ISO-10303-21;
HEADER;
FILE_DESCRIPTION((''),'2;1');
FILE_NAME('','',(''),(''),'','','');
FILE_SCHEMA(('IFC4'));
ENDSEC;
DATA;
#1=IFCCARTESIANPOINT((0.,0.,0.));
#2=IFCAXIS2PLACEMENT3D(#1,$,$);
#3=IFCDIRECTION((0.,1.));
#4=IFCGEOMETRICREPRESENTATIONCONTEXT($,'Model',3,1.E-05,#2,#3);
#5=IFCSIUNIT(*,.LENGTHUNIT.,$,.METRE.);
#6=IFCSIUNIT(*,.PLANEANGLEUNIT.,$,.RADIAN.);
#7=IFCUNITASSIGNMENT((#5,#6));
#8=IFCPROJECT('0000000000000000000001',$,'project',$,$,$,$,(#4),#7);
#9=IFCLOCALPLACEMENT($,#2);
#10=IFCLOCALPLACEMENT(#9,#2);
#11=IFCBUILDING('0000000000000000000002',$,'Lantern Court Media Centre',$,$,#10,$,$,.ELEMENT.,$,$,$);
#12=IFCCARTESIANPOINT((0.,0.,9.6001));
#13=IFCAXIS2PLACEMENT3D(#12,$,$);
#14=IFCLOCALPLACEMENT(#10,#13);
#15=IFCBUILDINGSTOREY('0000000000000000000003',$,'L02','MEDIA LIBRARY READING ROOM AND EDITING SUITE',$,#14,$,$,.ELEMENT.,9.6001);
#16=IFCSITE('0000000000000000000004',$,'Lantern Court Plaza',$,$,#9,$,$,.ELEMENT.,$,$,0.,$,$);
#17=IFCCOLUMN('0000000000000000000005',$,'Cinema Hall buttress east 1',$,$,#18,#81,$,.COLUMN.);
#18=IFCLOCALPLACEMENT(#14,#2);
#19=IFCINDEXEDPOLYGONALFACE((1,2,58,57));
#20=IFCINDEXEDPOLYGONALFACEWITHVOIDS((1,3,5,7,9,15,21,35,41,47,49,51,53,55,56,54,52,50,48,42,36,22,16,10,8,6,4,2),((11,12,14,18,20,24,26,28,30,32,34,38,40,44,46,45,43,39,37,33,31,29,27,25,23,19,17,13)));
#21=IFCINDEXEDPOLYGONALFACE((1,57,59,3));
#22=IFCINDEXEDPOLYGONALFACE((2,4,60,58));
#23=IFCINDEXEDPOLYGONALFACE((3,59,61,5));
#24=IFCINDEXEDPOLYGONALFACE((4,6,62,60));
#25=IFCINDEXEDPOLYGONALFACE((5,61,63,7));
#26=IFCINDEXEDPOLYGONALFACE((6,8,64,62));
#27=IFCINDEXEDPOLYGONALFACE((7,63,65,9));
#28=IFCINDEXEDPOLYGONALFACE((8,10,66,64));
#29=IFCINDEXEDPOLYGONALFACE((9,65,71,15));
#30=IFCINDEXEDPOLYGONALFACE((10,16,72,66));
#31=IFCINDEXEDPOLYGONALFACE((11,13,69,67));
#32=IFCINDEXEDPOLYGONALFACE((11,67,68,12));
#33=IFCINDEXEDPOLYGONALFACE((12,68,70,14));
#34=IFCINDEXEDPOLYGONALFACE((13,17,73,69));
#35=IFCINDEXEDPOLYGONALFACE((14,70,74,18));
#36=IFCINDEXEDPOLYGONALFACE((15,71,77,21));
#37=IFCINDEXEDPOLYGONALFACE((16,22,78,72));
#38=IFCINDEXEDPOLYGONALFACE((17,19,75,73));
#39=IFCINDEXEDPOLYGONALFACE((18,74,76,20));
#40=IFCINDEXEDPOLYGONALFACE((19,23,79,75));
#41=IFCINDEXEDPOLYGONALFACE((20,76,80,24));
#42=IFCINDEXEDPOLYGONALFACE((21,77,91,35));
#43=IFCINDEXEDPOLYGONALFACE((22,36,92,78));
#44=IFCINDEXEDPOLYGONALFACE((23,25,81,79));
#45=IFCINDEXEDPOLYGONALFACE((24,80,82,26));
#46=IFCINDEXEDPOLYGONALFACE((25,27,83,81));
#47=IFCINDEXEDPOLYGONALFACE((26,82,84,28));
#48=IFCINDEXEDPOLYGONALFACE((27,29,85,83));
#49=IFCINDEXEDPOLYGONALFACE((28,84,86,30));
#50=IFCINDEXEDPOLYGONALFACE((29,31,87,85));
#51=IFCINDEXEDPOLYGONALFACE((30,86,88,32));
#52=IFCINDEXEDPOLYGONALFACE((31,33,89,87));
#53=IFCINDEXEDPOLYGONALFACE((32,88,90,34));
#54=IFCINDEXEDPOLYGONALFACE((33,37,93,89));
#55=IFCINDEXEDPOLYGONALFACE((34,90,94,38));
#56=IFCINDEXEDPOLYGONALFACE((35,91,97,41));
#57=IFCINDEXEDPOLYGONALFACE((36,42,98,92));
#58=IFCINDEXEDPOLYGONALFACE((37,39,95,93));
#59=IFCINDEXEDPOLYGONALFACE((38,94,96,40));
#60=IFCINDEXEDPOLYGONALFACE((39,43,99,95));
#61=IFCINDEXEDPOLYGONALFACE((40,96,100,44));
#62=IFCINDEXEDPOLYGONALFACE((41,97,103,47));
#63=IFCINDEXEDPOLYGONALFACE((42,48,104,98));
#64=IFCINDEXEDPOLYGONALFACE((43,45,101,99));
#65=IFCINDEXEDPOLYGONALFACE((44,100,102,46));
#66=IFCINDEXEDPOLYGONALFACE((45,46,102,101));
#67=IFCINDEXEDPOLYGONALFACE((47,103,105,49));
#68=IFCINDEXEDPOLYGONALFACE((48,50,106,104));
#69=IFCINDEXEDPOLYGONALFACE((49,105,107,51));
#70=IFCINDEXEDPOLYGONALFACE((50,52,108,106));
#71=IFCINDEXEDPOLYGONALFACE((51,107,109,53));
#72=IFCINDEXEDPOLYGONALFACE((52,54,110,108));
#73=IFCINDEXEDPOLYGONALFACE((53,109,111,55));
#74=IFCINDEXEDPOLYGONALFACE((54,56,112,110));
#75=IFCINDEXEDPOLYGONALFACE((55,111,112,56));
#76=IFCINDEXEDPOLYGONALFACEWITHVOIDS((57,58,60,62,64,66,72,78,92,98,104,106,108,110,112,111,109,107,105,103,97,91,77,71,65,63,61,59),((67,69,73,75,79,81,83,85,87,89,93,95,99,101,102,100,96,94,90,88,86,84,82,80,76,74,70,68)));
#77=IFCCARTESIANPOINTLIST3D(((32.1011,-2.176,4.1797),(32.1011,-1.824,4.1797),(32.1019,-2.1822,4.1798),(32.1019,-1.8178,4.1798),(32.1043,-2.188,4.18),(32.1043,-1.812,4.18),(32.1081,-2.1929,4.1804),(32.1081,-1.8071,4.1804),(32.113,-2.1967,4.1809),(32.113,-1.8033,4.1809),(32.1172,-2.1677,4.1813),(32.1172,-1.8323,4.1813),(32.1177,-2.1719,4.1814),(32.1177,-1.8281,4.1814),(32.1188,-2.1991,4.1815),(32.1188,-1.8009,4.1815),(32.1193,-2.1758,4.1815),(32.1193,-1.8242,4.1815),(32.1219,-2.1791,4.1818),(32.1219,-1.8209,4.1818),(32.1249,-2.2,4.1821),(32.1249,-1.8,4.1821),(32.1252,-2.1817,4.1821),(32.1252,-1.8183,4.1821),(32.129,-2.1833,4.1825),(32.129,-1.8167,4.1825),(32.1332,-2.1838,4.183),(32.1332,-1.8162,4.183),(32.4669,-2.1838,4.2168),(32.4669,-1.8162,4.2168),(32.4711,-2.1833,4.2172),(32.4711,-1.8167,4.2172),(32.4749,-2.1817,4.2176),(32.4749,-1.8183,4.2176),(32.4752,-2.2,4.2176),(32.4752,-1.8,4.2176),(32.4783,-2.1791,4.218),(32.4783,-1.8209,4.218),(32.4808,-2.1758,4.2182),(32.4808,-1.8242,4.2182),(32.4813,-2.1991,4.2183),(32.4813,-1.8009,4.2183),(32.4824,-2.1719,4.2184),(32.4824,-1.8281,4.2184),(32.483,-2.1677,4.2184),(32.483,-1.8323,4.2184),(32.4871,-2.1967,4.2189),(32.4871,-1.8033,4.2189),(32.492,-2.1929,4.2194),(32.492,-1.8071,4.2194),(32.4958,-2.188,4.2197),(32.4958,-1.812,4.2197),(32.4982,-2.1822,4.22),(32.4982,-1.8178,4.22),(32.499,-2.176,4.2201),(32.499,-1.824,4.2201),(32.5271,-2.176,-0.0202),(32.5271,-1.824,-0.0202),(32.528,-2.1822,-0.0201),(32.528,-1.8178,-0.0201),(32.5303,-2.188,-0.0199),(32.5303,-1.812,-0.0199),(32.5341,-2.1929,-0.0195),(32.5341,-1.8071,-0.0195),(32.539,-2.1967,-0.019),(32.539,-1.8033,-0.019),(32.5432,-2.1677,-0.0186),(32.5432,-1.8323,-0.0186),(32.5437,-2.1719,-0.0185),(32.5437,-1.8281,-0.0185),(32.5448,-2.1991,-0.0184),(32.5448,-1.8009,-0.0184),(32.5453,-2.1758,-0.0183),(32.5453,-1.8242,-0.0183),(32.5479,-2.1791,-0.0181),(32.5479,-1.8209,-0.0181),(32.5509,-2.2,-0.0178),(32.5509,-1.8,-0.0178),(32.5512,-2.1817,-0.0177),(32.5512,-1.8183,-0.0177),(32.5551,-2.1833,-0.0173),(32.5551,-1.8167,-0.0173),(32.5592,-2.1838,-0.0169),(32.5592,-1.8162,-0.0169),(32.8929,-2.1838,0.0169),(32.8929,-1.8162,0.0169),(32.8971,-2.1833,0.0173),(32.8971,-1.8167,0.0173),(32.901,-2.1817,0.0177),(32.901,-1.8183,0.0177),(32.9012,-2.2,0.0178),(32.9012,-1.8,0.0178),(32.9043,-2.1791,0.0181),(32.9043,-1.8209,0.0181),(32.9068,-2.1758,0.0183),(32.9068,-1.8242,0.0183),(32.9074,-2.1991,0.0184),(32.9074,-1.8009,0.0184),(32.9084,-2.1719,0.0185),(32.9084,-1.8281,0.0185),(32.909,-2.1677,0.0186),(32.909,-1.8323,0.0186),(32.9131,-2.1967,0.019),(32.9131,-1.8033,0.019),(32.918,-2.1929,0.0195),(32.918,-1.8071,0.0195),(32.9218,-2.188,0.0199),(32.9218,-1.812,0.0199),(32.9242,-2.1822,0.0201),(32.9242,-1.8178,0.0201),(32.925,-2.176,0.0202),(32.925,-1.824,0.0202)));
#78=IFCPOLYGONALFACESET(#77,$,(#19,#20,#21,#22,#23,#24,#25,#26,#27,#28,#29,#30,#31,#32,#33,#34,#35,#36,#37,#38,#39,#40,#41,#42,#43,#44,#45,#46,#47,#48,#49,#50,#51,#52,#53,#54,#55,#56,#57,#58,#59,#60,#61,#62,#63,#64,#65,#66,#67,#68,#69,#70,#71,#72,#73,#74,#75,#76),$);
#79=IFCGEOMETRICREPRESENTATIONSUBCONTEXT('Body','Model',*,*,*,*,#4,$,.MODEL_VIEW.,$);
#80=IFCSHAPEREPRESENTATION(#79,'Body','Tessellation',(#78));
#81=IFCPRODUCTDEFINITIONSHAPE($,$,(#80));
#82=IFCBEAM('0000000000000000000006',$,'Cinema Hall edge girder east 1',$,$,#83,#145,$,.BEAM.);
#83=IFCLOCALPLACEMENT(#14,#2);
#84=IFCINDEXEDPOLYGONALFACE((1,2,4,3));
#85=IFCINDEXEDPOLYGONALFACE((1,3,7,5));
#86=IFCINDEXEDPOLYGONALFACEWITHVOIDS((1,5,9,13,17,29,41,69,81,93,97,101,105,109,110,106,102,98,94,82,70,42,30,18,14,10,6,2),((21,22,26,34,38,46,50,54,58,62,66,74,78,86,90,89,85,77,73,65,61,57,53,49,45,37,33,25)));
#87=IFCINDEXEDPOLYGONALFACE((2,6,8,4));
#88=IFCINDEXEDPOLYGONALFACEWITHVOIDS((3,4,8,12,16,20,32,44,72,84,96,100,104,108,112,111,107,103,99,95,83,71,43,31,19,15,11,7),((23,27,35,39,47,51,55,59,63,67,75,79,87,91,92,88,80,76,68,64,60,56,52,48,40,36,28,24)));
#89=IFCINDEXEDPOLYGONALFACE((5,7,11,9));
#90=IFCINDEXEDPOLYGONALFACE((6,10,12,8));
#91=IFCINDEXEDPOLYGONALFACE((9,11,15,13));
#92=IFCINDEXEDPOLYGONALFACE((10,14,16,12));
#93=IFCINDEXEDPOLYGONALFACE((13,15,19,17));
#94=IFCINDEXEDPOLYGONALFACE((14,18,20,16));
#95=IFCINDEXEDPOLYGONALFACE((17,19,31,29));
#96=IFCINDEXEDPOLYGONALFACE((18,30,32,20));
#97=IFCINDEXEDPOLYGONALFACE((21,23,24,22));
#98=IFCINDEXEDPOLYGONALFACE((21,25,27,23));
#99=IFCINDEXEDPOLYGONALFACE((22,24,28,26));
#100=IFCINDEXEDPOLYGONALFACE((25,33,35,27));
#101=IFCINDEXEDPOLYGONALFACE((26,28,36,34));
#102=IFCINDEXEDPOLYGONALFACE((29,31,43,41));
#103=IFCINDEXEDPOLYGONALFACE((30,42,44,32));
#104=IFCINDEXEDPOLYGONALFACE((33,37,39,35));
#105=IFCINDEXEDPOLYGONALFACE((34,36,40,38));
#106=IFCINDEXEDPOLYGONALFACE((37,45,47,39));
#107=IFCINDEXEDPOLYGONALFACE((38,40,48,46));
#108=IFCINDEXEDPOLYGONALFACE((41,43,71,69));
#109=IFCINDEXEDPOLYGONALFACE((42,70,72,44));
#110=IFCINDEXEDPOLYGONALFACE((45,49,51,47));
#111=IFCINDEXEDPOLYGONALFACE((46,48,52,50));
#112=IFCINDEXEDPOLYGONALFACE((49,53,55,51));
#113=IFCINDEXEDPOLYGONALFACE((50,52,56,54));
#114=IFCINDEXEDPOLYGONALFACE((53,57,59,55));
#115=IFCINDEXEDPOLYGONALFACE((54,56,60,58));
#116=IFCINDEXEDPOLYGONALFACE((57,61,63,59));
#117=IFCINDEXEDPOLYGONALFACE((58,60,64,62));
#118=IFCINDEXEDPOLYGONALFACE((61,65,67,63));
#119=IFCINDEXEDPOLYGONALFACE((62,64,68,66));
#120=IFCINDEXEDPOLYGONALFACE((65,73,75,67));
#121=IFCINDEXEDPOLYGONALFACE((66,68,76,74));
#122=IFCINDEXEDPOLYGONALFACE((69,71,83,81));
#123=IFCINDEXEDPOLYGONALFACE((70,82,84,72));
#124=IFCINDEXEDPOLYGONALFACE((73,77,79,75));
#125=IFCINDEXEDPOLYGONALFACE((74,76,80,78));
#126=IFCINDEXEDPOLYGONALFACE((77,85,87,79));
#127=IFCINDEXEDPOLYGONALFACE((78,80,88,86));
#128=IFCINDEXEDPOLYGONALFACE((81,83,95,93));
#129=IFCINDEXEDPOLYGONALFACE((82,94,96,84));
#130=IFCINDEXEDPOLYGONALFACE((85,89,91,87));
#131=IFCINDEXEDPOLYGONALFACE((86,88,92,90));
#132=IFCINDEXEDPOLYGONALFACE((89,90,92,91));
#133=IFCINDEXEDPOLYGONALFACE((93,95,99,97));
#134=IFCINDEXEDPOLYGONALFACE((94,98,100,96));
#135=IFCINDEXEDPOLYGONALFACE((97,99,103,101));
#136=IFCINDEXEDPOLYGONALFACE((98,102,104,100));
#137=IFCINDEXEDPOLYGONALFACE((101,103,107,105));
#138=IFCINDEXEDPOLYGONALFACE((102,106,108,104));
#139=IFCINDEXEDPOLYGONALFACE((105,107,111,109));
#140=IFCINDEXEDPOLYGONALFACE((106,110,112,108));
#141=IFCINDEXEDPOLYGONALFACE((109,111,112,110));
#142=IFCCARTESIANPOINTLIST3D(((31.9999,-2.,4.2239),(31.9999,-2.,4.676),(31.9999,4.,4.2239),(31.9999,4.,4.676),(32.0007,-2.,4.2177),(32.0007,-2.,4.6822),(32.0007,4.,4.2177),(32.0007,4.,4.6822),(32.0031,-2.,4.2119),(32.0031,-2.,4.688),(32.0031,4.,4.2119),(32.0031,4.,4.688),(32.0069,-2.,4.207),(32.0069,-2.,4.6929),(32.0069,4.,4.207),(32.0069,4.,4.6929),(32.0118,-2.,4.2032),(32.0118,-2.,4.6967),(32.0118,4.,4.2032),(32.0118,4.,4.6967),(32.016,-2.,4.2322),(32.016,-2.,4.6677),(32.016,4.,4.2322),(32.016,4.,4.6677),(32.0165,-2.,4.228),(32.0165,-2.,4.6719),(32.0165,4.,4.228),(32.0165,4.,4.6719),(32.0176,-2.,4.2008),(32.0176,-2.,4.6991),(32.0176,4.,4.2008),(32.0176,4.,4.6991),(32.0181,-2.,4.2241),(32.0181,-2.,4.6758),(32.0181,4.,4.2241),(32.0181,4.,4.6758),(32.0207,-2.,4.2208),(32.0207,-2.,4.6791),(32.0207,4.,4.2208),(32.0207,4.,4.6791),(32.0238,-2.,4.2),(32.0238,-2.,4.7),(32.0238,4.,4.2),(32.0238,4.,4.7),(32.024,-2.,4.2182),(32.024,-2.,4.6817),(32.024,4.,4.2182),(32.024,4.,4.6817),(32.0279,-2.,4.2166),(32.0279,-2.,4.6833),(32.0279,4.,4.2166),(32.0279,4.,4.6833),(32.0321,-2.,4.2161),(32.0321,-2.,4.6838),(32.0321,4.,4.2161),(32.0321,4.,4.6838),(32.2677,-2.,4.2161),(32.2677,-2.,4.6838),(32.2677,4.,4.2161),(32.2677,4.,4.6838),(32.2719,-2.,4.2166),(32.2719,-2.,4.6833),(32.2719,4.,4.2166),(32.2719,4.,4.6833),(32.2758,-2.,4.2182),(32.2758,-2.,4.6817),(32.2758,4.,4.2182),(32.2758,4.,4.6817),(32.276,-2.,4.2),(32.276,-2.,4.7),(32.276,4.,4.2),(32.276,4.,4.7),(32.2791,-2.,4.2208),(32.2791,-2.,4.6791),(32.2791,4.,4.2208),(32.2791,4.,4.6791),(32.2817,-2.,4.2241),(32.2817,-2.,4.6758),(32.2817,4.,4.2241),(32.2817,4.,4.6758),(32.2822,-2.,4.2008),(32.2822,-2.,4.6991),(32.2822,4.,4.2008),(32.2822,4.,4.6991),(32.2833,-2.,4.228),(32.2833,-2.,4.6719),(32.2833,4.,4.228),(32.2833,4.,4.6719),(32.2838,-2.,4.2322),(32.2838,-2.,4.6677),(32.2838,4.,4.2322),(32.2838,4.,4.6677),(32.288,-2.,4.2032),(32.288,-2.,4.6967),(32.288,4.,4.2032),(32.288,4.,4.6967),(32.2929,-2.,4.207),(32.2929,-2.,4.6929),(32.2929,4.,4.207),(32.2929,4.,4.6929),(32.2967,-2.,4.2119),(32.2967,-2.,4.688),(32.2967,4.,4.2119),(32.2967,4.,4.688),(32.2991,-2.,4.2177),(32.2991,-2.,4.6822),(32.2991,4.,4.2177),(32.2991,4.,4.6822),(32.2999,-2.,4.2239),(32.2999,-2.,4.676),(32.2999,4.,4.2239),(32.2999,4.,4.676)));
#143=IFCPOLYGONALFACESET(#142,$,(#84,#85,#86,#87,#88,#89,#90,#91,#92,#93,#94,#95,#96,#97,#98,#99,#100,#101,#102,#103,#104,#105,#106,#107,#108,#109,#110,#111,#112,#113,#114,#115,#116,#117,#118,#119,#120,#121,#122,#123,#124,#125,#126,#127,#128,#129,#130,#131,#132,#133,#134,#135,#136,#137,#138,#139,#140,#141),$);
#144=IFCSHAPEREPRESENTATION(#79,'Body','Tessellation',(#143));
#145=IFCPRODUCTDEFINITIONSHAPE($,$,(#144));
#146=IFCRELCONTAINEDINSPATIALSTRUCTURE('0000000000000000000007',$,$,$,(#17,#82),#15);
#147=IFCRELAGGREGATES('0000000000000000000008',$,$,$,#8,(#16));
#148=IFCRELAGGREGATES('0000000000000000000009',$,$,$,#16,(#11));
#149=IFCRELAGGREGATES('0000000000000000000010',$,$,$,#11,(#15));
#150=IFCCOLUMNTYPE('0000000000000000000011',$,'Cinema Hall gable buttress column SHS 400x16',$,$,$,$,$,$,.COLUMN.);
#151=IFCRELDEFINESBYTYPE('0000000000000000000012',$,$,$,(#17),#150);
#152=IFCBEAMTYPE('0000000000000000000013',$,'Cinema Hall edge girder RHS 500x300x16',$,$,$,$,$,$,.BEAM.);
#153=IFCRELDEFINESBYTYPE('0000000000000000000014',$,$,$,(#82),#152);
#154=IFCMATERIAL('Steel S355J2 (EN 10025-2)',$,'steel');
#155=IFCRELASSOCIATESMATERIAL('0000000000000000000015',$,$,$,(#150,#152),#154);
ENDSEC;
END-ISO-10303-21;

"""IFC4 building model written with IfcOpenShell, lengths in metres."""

from ifc_helpers import new_model, si_unit, direction, frame, origin, origin_2d, place, context, subcontext, project, spatial, hollow_rectangle, extrude, material, material_profile, profile_set, type_object, element, save


model = new_model("IFC4")

# Units and contexts
model_context = context("Model", 3, precision=1e-05, world=origin(), true_north=direction((0.0, 1.0)))
body_context = subcontext(model_context, "Body", "Model", "MODEL_VIEW")
ifc_project = project(units=[si_unit("LENGTHUNIT", "METRE"), si_unit("PLANEANGLEUNIT", "RADIAN")], contexts=[model_context])

# Site, building, storey
site_placement = place(None, origin())
site = spatial("IfcSite", under=ifc_project, at=site_placement, Name="Lantern Court Plaza", CompositionType="ELEMENT", RefElevation=0.0)
building_placement = place(site_placement, origin())
building = spatial("IfcBuilding", under=site, at=building_placement, Name="Lantern Court Media Centre", CompositionType="ELEMENT")
storey_placement = place(building_placement, frame((0.0, 0.0, 9.6001)))
storey = spatial("IfcBuildingStorey", under=building, at=storey_placement, Name="L02", Description="MEDIA LIBRARY READING ROOM AND EDITING SUITE", CompositionType="ELEMENT", Elevation=9.6001)

# Column
ifc_material = material(Name="Steel S355J2 (EN 10025-2)", Category="steel")
ifc_material_profile_1 = material_profile(ifc_material, hollow_rectangle(XDim=0.3999, YDim=0.3999, WallThickness=0.0161, InnerFilletRadius=0.0161, OuterFilletRadius=0.0239, at=origin_2d()), Name="Cinema Hall gable buttress column SHS 400x16")
ifc_profile_set_1 = profile_set([ifc_material_profile_1], Name="Steel S355J2 (EN 10025-2)")
column_type_1 = type_object("IfcColumnType", Name="Cinema Hall gable buttress column SHS 400x16", PredefinedType="COLUMN", material=ifc_profile_set_1)
column_placement = place(storey_placement, frame((32.7261, -2.0, 0.0), z_axis=(-0.100918, 0.0, 0.994895), x_axis=(0.0, -1.0, 0.0)))
element("IfcColumn", 1, at=column_placement, inside=storey, type_object=column_type_1, Name="Cinema Hall buttress east 1", PredefinedType="COLUMN", context=body_context, shape_type="SweptSolid", body=[
    extrude(hollow_rectangle(XDim=0.3999, YDim=0.3999, WallThickness=0.0161, InnerFilletRadius=0.0161, OuterFilletRadius=0.0239, at=origin_2d()), origin(), (0.0, 0.0, 1.0), 4.2214),
])

# Beam
ifc_material_profile_2 = material_profile(ifc_material, hollow_rectangle(XDim=0.3, YDim=0.5, WallThickness=0.0161, InnerFilletRadius=0.0161, OuterFilletRadius=0.0239, at=origin_2d()), Name="Cinema Hall edge girder RHS 500x300x16")
ifc_profile_set_2 = profile_set([ifc_material_profile_2], Name="Steel S355J2 (EN 10025-2)")
beam_type = type_object("IfcBeamType", Name="Cinema Hall edge girder RHS 500x300x16", PredefinedType="BEAM", material=ifc_profile_set_2)
for number, where, z_axis, x_axis, name in (
    (2, (32.1499, -2.0, 4.45), (0.0, 1.0, 0.0), (-1.0, 0.0, 0.0), "Cinema Hall edge girder east 1"),
):
    element("IfcBeam", number, at=place(storey_placement, frame(where, z_axis=z_axis, x_axis=x_axis)), inside=storey, type_object=beam_type, Name=name, PredefinedType="BEAM", context=body_context, shape_type="SweptSolid", body=[
        extrude(hollow_rectangle(XDim=0.3, YDim=0.5, WallThickness=0.0161, InnerFilletRadius=0.0161, OuterFilletRadius=0.0239, at=origin_2d()), origin(), (0.0, 0.0, 1.0), 6.0),
    ])

save(model, "model.ifc")
